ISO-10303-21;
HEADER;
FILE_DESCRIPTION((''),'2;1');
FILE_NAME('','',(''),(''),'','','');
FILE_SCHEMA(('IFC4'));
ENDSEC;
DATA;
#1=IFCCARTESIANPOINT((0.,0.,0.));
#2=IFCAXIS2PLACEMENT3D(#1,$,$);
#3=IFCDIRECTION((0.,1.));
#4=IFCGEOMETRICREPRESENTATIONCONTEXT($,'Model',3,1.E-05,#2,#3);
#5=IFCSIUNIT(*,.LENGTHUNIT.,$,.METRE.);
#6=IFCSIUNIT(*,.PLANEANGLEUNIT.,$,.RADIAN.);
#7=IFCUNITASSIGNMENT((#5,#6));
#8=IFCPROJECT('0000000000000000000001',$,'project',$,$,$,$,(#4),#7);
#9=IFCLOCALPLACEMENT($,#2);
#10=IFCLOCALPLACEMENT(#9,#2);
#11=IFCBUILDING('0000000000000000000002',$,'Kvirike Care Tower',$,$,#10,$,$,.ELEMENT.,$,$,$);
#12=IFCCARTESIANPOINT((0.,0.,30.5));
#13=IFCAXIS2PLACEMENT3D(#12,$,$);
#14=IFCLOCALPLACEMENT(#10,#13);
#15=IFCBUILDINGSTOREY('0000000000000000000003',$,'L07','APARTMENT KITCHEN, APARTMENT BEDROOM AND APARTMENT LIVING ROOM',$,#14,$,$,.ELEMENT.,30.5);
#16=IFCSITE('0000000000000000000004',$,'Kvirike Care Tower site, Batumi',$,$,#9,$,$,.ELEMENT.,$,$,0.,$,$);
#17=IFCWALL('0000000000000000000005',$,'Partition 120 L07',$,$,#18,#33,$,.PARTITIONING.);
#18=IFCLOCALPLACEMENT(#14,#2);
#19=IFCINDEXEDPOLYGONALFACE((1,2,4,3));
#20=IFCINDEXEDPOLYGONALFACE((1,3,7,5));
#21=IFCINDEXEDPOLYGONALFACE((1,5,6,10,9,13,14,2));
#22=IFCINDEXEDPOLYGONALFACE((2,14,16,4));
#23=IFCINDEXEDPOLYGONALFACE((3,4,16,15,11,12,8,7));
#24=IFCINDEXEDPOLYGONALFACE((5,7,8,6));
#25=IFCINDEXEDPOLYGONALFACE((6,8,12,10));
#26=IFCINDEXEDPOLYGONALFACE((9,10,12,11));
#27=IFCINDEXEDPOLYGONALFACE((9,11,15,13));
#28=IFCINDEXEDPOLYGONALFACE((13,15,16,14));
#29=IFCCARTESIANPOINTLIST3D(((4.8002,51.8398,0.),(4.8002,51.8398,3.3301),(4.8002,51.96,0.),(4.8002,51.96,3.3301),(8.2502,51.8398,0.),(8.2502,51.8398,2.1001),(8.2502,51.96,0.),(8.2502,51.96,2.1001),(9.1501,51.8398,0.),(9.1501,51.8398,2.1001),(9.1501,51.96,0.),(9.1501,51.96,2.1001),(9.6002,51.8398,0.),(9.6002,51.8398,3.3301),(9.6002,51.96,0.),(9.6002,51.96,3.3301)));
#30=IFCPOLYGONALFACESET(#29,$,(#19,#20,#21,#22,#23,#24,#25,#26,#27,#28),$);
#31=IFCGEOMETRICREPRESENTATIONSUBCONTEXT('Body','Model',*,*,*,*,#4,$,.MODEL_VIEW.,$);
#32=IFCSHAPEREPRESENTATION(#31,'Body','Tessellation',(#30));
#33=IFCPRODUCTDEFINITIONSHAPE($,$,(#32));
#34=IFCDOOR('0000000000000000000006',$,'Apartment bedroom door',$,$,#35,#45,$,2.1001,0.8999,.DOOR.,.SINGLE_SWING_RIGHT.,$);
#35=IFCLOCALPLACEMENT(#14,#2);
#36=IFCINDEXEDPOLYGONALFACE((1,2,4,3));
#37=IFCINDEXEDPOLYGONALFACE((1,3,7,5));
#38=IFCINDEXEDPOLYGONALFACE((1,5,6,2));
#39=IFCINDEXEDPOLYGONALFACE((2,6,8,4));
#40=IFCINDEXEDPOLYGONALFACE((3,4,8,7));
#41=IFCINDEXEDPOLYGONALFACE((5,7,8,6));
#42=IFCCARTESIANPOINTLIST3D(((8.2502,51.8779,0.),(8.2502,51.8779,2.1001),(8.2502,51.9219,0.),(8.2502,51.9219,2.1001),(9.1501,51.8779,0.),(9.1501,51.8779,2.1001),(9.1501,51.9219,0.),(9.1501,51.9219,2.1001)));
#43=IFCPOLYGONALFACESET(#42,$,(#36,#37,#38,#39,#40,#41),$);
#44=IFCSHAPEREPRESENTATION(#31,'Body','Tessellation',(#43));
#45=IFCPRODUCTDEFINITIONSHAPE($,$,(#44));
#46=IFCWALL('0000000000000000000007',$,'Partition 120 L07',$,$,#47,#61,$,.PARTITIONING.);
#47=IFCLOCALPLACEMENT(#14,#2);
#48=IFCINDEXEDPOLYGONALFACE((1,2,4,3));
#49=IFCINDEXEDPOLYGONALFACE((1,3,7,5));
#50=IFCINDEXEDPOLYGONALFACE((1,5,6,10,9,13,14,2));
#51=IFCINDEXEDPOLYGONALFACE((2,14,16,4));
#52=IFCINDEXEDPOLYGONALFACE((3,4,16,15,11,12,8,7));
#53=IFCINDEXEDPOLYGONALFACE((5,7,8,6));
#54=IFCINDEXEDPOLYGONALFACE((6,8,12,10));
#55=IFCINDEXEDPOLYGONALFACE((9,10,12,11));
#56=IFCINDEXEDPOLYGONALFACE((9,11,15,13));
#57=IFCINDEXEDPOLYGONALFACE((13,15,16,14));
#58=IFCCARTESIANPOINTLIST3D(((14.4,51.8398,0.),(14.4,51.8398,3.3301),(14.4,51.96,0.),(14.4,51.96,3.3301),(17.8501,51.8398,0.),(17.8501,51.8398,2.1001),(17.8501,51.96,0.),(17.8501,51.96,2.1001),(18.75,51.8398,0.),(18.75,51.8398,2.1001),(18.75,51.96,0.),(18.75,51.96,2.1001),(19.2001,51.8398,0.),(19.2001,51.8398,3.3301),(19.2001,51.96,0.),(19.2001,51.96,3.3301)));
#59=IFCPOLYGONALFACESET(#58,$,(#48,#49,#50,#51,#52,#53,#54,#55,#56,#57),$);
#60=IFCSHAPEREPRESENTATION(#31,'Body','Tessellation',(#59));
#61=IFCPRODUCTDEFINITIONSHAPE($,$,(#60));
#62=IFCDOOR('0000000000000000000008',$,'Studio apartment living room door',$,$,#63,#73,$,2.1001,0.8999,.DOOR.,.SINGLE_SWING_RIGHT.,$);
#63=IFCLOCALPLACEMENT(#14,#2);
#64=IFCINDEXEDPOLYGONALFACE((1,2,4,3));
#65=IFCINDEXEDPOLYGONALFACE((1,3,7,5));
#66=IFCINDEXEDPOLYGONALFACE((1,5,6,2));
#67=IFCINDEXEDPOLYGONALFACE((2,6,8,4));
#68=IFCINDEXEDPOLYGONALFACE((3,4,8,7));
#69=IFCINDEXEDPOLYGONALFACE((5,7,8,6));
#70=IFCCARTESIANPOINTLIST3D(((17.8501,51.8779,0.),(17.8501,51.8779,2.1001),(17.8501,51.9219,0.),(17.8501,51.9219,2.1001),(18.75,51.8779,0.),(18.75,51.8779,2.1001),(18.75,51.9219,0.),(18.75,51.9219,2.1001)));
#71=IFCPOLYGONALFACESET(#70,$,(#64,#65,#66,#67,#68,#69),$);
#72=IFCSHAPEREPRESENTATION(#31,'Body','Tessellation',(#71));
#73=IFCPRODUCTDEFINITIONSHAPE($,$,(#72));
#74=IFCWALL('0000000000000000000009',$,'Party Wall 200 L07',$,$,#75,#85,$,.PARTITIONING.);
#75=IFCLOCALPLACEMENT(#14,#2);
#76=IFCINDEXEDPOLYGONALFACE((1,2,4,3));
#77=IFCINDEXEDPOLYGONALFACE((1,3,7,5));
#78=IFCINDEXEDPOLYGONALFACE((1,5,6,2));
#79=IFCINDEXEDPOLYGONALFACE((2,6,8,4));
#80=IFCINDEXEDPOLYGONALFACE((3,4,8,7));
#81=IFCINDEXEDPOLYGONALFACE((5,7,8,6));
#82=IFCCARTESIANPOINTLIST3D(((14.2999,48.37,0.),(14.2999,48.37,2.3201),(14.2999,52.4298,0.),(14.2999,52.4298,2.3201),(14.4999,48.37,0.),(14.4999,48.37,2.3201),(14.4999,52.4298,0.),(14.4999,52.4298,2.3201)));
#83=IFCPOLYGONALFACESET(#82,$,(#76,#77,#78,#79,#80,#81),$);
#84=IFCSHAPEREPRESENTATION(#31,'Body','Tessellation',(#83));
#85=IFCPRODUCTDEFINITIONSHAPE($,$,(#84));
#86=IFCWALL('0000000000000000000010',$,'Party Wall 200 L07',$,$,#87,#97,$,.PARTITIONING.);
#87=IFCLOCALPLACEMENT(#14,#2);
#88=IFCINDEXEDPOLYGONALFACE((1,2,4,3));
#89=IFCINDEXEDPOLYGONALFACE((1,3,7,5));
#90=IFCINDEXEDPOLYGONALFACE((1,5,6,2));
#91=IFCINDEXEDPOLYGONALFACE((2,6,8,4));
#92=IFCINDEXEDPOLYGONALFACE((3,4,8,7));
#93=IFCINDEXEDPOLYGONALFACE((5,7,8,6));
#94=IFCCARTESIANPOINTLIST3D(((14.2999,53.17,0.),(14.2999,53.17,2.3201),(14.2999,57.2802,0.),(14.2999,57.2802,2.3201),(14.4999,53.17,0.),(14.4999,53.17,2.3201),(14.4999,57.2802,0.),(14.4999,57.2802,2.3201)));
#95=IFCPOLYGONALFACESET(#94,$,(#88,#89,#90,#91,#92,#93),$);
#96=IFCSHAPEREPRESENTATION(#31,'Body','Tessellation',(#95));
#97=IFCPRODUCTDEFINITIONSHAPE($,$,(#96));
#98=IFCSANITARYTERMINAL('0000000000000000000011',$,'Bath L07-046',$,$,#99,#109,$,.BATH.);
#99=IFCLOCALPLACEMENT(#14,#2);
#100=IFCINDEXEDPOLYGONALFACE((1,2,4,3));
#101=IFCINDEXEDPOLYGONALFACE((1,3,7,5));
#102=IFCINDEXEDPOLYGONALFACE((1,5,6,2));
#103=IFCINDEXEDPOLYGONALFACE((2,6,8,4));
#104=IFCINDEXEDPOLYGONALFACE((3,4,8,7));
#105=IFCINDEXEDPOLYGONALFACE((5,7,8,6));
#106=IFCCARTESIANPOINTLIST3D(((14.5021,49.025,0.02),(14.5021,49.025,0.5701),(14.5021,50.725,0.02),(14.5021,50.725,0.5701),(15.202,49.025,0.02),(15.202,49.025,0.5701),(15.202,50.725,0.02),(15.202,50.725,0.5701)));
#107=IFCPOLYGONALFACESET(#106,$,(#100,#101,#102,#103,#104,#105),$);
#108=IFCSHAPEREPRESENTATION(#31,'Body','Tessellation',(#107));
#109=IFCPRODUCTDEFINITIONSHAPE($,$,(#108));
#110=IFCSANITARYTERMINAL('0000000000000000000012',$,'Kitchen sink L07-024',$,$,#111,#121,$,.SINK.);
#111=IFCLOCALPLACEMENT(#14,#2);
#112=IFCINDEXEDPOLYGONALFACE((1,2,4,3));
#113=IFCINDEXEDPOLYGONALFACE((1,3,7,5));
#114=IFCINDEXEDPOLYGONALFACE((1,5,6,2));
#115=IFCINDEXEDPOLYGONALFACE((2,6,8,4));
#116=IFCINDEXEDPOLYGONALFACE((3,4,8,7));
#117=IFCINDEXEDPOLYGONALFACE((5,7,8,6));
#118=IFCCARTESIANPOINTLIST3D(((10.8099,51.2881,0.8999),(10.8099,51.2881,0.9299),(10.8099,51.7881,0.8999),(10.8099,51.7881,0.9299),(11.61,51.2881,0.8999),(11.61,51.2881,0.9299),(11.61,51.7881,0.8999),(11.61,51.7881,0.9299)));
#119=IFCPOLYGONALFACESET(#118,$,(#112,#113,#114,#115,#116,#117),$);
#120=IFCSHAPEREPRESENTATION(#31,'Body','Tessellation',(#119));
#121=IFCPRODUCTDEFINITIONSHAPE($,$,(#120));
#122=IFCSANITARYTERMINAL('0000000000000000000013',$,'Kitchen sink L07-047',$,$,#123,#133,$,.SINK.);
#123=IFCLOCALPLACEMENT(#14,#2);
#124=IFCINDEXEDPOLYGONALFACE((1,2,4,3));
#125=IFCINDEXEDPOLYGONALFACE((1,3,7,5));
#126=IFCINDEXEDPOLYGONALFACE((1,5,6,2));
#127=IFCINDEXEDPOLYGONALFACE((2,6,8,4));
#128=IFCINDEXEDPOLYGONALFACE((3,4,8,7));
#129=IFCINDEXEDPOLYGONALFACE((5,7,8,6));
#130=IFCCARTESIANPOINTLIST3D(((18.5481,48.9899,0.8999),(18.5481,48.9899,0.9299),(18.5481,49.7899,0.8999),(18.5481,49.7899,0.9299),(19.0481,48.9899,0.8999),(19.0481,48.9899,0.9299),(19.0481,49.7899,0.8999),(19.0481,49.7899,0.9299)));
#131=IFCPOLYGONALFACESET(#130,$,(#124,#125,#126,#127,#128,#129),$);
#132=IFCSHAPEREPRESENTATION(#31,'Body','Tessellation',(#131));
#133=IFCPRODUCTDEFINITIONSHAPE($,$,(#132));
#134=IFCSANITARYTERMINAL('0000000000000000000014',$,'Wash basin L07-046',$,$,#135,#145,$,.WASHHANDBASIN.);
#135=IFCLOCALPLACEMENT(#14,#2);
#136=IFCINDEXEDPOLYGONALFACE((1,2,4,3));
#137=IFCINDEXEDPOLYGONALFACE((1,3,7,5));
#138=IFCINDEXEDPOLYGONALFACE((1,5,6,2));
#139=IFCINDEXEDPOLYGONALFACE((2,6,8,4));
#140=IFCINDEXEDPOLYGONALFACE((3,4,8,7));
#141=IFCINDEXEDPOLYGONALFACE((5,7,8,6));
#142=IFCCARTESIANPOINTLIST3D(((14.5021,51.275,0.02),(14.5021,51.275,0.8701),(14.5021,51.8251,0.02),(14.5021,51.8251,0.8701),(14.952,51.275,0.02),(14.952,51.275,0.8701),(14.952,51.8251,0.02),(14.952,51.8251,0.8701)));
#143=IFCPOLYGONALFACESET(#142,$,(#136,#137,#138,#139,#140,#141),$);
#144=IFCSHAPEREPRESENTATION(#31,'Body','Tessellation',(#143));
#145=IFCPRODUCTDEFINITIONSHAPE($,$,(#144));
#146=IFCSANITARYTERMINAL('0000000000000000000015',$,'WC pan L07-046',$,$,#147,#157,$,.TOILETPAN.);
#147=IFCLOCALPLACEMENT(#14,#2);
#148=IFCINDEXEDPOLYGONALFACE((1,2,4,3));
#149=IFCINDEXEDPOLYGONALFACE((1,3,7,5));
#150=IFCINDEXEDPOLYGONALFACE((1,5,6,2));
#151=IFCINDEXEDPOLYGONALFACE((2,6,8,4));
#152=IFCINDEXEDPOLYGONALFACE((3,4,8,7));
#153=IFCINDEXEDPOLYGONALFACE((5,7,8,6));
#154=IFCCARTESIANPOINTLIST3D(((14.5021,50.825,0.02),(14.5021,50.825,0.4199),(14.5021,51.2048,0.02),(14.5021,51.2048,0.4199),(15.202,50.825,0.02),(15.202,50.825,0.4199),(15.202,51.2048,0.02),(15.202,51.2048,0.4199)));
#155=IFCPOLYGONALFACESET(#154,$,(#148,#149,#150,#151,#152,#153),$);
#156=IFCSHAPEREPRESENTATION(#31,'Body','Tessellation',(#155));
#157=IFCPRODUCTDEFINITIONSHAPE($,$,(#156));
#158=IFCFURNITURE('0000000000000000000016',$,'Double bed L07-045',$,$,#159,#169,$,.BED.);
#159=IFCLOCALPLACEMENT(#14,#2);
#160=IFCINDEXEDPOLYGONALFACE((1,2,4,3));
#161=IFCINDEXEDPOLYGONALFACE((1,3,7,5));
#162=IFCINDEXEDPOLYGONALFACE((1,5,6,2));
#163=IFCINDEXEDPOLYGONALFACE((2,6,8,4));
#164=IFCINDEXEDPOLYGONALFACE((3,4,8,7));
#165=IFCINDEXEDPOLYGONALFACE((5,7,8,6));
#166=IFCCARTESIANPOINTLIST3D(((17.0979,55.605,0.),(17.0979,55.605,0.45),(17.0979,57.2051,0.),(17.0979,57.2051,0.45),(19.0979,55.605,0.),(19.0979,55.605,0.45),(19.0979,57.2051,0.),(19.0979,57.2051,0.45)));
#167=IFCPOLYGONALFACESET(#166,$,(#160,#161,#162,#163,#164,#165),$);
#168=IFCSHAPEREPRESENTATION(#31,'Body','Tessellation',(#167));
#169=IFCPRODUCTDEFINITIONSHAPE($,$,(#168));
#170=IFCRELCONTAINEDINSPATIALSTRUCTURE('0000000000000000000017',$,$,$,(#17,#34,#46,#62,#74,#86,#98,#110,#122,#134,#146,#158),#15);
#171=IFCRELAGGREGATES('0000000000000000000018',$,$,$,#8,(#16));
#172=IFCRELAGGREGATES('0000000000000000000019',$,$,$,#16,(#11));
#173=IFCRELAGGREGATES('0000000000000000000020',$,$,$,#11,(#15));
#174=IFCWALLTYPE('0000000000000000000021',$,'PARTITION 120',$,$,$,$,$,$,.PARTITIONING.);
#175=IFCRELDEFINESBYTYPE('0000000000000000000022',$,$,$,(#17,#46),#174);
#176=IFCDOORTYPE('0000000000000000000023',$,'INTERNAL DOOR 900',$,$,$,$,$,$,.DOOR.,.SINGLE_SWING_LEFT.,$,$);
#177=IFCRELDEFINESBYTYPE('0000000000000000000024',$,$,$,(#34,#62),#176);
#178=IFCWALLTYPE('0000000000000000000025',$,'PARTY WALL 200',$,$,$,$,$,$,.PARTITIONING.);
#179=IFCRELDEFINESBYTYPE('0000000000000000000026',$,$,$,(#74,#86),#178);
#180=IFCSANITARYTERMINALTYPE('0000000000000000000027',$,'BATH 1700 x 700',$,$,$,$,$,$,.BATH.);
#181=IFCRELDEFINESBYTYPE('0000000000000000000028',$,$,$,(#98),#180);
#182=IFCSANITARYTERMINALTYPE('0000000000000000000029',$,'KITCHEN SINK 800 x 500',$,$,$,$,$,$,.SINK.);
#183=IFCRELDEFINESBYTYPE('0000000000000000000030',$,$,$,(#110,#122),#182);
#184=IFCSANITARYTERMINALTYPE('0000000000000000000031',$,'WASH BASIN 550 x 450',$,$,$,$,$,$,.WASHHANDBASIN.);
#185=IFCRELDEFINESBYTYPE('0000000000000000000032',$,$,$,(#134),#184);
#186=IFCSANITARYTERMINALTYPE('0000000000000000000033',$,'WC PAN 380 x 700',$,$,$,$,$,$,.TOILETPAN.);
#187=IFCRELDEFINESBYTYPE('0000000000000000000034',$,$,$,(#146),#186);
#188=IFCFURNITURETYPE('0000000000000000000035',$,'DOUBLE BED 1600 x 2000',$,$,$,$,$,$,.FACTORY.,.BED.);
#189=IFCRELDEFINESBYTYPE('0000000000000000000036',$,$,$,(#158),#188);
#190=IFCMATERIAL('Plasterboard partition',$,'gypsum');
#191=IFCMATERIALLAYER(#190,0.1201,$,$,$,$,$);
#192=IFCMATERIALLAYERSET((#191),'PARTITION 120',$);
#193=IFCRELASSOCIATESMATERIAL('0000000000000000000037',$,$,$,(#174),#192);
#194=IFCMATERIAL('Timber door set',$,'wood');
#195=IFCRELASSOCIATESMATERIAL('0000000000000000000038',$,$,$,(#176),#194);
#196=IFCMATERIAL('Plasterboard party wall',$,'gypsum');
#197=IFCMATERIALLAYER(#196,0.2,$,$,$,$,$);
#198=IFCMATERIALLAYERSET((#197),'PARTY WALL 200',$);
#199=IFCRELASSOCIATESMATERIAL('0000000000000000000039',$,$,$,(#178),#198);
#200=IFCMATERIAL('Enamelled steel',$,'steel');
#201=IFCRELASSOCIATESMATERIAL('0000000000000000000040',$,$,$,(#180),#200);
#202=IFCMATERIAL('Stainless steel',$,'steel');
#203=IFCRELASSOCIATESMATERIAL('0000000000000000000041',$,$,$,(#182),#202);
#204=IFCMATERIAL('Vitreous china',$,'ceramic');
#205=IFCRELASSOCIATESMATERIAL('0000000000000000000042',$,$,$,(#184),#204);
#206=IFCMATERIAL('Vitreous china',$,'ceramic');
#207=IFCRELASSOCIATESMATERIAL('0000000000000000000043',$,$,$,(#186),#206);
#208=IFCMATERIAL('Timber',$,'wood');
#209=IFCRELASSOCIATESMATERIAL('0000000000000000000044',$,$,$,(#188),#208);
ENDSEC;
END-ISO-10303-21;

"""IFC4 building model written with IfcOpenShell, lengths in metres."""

from ifc_helpers import new_model, si_unit, direction, frame, frame_2d, origin, origin_2d, place, context, subcontext, project, spatial, rectangle, extrude, material, layer, layer_set, type_object, element, fill, save


model = new_model("IFC4")

# Units and contexts
model_context = context("Model", 3, precision=1e-05, world=origin(), true_north=direction((0.0, 1.0)))
body_context = subcontext(model_context, "Body", "Model", "MODEL_VIEW")
ifc_project = project(units=[si_unit("LENGTHUNIT", "METRE"), si_unit("PLANEANGLEUNIT", "RADIAN")], contexts=[model_context])

# Site, building, storey
site_placement = place(None, origin())
site = spatial("IfcSite", under=ifc_project, at=site_placement, Name="Kvirike Care Tower site, Batumi", CompositionType="ELEMENT", RefElevation=0.0)
building_placement = place(site_placement, origin())
building = spatial("IfcBuilding", under=site, at=building_placement, Name="Kvirike Care Tower", CompositionType="ELEMENT")
storey_placement = place(building_placement, frame((0.0, 0.0, 30.5)))
storey = spatial("IfcBuildingStorey", under=building, at=storey_placement, Name="L07", Description="APARTMENT KITCHEN, APARTMENT BEDROOM AND APARTMENT LIVING ROOM", CompositionType="ELEMENT", Elevation=30.5)

# Walls, openings, doors
ifc_material_1 = material(Name="Plasterboard partition", Category="gypsum")
ifc_layer_1 = layer(ifc_material_1, 0.1201)
ifc_layer_set_1 = layer_set([ifc_layer_1], Name="PARTITION 120")
wall_type_1 = type_object("IfcWallType", Name="PARTITION 120", PredefinedType="PARTITIONING", material=ifc_layer_set_1)
ifc_material_2 = material(Name="Timber door set", Category="wood")
door_type_1 = type_object("IfcDoorType", Name="INTERNAL DOOR 900", OperationType="SINGLE_SWING_LEFT", PredefinedType="DOOR", material=ifc_material_2)
wall_1_placement = place(storey_placement, frame((9.6001, 51.8999, 0.0), z_axis=(0.0, 0.0, 1.0), x_axis=(-1.0, 0.0, 0.0)))
wall_1 = element("IfcWall", 1, at=wall_1_placement, inside=storey, type_object=wall_type_1, Name="Partition 120 L07", PredefinedType="PARTITIONING", context=body_context, shape_type="SweptSolid", body=[
    extrude(rectangle(XDim=4.8, YDim=0.1201, at=frame_2d((2.3999, 0.0))), origin(), (0.0, 0.0, 1.0), 3.3301),
])
opening_1_placement = place(wall_1_placement, frame((0.45, 0.0, 0.0)))
opening_1 = element("IfcOpeningElement", 2, at=opening_1_placement, cuts=wall_1, PredefinedType="OPENING", context=body_context, shape_type="SweptSolid", body=[
    extrude(rectangle(XDim=0.8999, YDim=2.1001, at=frame_2d((0.45, 1.05))), frame((0.0, 0.0706, 0.0), z_axis=(0.0, -1.0, 0.0), x_axis=(1.0, 0.0, 0.0)), (0.0, 0.0, 1.0), 0.1411),
])
door_1_placement = place(opening_1_placement, origin())
door_1 = element("IfcDoor", 3, at=door_1_placement, inside=storey, type_object=door_type_1, Name="Apartment bedroom door", OperationType="SINGLE_SWING_RIGHT", OverallHeight=2.1001, OverallWidth=0.8999, PredefinedType="DOOR", context=body_context, shape_type="SweptSolid", body=[
    extrude(rectangle(XDim=0.8999, YDim=2.1001, at=frame_2d((0.45, 1.05))), frame((0.0, 0.022, 0.0), z_axis=(0.0, -1.0, 0.0), x_axis=(1.0, 0.0, 0.0)), (0.0, 0.0, 1.0), 0.0439),
])
fill(opening_1, door_1)
wall_2_placement = place(storey_placement, frame((19.2, 51.8999, 0.0), z_axis=(0.0, 0.0, 1.0), x_axis=(-1.0, 0.0, 0.0)))
wall_2 = element("IfcWall", 4, at=wall_2_placement, inside=storey, type_object=wall_type_1, Name="Partition 120 L07", PredefinedType="PARTITIONING", context=body_context, shape_type="SweptSolid", body=[
    extrude(rectangle(XDim=4.8, YDim=0.1201, at=frame_2d((2.3999, 0.0))), origin(), (0.0, 0.0, 1.0), 3.3301),
])
opening_2_placement = place(wall_2_placement, frame((0.45, 0.0, 0.0)))
opening_2 = element("IfcOpeningElement", 5, at=opening_2_placement, cuts=wall_2, PredefinedType="OPENING", context=body_context, shape_type="SweptSolid", body=[
    extrude(rectangle(XDim=0.8999, YDim=2.1001, at=frame_2d((0.45, 1.05))), frame((0.0, 0.0706, 0.0), z_axis=(0.0, -1.0, 0.0), x_axis=(1.0, 0.0, 0.0)), (0.0, 0.0, 1.0), 0.1411),
])
door_2_placement = place(opening_2_placement, origin())
door_2 = element("IfcDoor", 6, at=door_2_placement, inside=storey, type_object=door_type_1, Name="Studio apartment living room door", OperationType="SINGLE_SWING_RIGHT", OverallHeight=2.1001, OverallWidth=0.8999, PredefinedType="DOOR", context=body_context, shape_type="SweptSolid", body=[
    extrude(rectangle(XDim=0.8999, YDim=2.1001, at=frame_2d((0.45, 1.05))), frame((0.0, 0.022, 0.0), z_axis=(0.0, -1.0, 0.0), x_axis=(1.0, 0.0, 0.0)), (0.0, 0.0, 1.0), 0.0439),
])
fill(opening_2, door_2)

# Walls
ifc_material_3 = material(Name="Plasterboard party wall", Category="gypsum")
ifc_layer_2 = layer(ifc_material_3, 0.2)
ifc_layer_set_2 = layer_set([ifc_layer_2], Name="PARTY WALL 200")
wall_type_2 = type_object("IfcWallType", Name="PARTY WALL 200", PredefinedType="PARTITIONING", material=ifc_layer_set_2)
wall_3_placement = place(storey_placement, frame((14.3999, 48.3701, 0.0), z_axis=(0.0, 0.0, 1.0), x_axis=(0.0, 1.0, 0.0)))
element("IfcWall", 7, at=wall_3_placement, inside=storey, type_object=wall_type_2, Name="Party Wall 200 L07", PredefinedType="PARTITIONING", context=body_context, shape_type="SweptSolid", body=[
    extrude(rectangle(XDim=4.0598, YDim=0.2, at=frame_2d((2.0298, 0.0))), origin(), (0.0, 0.0, 1.0), 2.3201),
])
wall_4_placement = place(storey_placement, frame((14.3999, 53.1699, 0.0), z_axis=(0.0, 0.0, 1.0), x_axis=(0.0, 1.0, 0.0)))
element("IfcWall", 8, at=wall_4_placement, inside=storey, type_object=wall_type_2, Name="Party Wall 200 L07", PredefinedType="PARTITIONING", context=body_context, shape_type="SweptSolid", body=[
    extrude(rectangle(XDim=4.1101, YDim=0.2, at=frame_2d((2.0552, 0.0))), origin(), (0.0, 0.0, 1.0), 2.3201),
])

# Sanitary terminals
ifc_material_4 = material(Name="Enamelled steel", Category="steel")
sanitary_terminal_type_1 = type_object("IfcSanitaryTerminalType", Name="BATH 1700 x 700", PredefinedType="BATH", material=ifc_material_4)
sanitary_terminal_1_placement = place(storey_placement, frame((14.8521, 49.875, 0.02), z_axis=(0.0, 0.0, 1.0), x_axis=(0.0, 1.0, 0.0)))
element("IfcSanitaryTerminal", 9, at=sanitary_terminal_1_placement, inside=storey, type_object=sanitary_terminal_type_1, Name="Bath L07-046", PredefinedType="BATH", context=body_context, shape_type="SweptSolid", body=[
    extrude(rectangle(XDim=1.7, YDim=0.7, at=origin_2d()), origin(), (0.0, 0.0, 1.0), 0.55),
])
ifc_material_5 = material(Name="Stainless steel", Category="steel")
sanitary_terminal_type_2 = type_object("IfcSanitaryTerminalType", Name="KITCHEN SINK 800 x 500", PredefinedType="SINK", material=ifc_material_5)
for number, where, z_axis, x_axis, name in (
    (10, (11.21, 51.5381, 0.8999), (0.0, 0.0, 1.0), (1.0, 0.0, 0.0), "Kitchen sink L07-024"),
    (11, (18.7981, 49.3899, 0.8999), (0.0, 0.0, 1.0), (0.0, -1.0, 0.0), "Kitchen sink L07-047"),
):
    element("IfcSanitaryTerminal", number, at=place(storey_placement, frame(where, z_axis=z_axis, x_axis=x_axis)), inside=storey, type_object=sanitary_terminal_type_2, Name=name, PredefinedType="SINK", context=body_context, shape_type="SweptSolid", body=[
        extrude(rectangle(XDim=0.8, YDim=0.5, at=origin_2d()), origin(), (0.0, 0.0, 1.0), 0.03),
    ])
ifc_material_6 = material(Name="Vitreous china", Category="ceramic")
sanitary_terminal_type_3 = type_object("IfcSanitaryTerminalType", Name="WASH BASIN 550 x 450", PredefinedType="WASHHANDBASIN", material=ifc_material_6)
sanitary_terminal_2_placement = place(storey_placement, frame((14.7271, 51.55, 0.02), z_axis=(0.0, 0.0, 1.0), x_axis=(0.0, 1.0, 0.0)))
element("IfcSanitaryTerminal", 12, at=sanitary_terminal_2_placement, inside=storey, type_object=sanitary_terminal_type_3, Name="Wash basin L07-046", PredefinedType="WASHHANDBASIN", context=body_context, shape_type="SweptSolid", body=[
    extrude(rectangle(XDim=0.55, YDim=0.45, at=origin_2d()), origin(), (0.0, 0.0, 1.0), 0.8501),
])
ifc_material_7 = material(Name="Vitreous china", Category="ceramic")
sanitary_terminal_type_4 = type_object("IfcSanitaryTerminalType", Name="WC PAN 380 x 700", PredefinedType="TOILETPAN", material=ifc_material_7)
sanitary_terminal_3_placement = place(storey_placement, frame((14.8521, 51.0149, 0.02), z_axis=(0.0, 0.0, 1.0), x_axis=(0.0, 1.0, 0.0)))
element("IfcSanitaryTerminal", 13, at=sanitary_terminal_3_placement, inside=storey, type_object=sanitary_terminal_type_4, Name="WC pan L07-046", PredefinedType="TOILETPAN", context=body_context, shape_type="SweptSolid", body=[
    extrude(rectangle(XDim=0.3799, YDim=0.7, at=origin_2d()), origin(), (0.0, 0.0, 1.0), 0.3999),
])

# Furniture
ifc_material_8 = material(Name="Timber", Category="wood")
furniture_type_1 = type_object("IfcFurnitureType", Name="DOUBLE BED 1600 x 2000", AssemblyPlace="FACTORY", PredefinedType="BED", material=ifc_material_8)
furniture_placement = place(storey_placement, frame((18.0979, 56.405, 0.0), z_axis=(0.0, 0.0, 1.0), x_axis=(0.0, -1.0, 0.0)))
element("IfcFurniture", 14, at=furniture_placement, inside=storey, type_object=furniture_type_1, Name="Double bed L07-045", PredefinedType="BED", context=body_context, shape_type="SweptSolid", body=[
    extrude(rectangle(XDim=1.6001, YDim=2.0, at=origin_2d()), origin(), (0.0, 0.0, 1.0), 0.45),
])

save(model, "model.ifc")
